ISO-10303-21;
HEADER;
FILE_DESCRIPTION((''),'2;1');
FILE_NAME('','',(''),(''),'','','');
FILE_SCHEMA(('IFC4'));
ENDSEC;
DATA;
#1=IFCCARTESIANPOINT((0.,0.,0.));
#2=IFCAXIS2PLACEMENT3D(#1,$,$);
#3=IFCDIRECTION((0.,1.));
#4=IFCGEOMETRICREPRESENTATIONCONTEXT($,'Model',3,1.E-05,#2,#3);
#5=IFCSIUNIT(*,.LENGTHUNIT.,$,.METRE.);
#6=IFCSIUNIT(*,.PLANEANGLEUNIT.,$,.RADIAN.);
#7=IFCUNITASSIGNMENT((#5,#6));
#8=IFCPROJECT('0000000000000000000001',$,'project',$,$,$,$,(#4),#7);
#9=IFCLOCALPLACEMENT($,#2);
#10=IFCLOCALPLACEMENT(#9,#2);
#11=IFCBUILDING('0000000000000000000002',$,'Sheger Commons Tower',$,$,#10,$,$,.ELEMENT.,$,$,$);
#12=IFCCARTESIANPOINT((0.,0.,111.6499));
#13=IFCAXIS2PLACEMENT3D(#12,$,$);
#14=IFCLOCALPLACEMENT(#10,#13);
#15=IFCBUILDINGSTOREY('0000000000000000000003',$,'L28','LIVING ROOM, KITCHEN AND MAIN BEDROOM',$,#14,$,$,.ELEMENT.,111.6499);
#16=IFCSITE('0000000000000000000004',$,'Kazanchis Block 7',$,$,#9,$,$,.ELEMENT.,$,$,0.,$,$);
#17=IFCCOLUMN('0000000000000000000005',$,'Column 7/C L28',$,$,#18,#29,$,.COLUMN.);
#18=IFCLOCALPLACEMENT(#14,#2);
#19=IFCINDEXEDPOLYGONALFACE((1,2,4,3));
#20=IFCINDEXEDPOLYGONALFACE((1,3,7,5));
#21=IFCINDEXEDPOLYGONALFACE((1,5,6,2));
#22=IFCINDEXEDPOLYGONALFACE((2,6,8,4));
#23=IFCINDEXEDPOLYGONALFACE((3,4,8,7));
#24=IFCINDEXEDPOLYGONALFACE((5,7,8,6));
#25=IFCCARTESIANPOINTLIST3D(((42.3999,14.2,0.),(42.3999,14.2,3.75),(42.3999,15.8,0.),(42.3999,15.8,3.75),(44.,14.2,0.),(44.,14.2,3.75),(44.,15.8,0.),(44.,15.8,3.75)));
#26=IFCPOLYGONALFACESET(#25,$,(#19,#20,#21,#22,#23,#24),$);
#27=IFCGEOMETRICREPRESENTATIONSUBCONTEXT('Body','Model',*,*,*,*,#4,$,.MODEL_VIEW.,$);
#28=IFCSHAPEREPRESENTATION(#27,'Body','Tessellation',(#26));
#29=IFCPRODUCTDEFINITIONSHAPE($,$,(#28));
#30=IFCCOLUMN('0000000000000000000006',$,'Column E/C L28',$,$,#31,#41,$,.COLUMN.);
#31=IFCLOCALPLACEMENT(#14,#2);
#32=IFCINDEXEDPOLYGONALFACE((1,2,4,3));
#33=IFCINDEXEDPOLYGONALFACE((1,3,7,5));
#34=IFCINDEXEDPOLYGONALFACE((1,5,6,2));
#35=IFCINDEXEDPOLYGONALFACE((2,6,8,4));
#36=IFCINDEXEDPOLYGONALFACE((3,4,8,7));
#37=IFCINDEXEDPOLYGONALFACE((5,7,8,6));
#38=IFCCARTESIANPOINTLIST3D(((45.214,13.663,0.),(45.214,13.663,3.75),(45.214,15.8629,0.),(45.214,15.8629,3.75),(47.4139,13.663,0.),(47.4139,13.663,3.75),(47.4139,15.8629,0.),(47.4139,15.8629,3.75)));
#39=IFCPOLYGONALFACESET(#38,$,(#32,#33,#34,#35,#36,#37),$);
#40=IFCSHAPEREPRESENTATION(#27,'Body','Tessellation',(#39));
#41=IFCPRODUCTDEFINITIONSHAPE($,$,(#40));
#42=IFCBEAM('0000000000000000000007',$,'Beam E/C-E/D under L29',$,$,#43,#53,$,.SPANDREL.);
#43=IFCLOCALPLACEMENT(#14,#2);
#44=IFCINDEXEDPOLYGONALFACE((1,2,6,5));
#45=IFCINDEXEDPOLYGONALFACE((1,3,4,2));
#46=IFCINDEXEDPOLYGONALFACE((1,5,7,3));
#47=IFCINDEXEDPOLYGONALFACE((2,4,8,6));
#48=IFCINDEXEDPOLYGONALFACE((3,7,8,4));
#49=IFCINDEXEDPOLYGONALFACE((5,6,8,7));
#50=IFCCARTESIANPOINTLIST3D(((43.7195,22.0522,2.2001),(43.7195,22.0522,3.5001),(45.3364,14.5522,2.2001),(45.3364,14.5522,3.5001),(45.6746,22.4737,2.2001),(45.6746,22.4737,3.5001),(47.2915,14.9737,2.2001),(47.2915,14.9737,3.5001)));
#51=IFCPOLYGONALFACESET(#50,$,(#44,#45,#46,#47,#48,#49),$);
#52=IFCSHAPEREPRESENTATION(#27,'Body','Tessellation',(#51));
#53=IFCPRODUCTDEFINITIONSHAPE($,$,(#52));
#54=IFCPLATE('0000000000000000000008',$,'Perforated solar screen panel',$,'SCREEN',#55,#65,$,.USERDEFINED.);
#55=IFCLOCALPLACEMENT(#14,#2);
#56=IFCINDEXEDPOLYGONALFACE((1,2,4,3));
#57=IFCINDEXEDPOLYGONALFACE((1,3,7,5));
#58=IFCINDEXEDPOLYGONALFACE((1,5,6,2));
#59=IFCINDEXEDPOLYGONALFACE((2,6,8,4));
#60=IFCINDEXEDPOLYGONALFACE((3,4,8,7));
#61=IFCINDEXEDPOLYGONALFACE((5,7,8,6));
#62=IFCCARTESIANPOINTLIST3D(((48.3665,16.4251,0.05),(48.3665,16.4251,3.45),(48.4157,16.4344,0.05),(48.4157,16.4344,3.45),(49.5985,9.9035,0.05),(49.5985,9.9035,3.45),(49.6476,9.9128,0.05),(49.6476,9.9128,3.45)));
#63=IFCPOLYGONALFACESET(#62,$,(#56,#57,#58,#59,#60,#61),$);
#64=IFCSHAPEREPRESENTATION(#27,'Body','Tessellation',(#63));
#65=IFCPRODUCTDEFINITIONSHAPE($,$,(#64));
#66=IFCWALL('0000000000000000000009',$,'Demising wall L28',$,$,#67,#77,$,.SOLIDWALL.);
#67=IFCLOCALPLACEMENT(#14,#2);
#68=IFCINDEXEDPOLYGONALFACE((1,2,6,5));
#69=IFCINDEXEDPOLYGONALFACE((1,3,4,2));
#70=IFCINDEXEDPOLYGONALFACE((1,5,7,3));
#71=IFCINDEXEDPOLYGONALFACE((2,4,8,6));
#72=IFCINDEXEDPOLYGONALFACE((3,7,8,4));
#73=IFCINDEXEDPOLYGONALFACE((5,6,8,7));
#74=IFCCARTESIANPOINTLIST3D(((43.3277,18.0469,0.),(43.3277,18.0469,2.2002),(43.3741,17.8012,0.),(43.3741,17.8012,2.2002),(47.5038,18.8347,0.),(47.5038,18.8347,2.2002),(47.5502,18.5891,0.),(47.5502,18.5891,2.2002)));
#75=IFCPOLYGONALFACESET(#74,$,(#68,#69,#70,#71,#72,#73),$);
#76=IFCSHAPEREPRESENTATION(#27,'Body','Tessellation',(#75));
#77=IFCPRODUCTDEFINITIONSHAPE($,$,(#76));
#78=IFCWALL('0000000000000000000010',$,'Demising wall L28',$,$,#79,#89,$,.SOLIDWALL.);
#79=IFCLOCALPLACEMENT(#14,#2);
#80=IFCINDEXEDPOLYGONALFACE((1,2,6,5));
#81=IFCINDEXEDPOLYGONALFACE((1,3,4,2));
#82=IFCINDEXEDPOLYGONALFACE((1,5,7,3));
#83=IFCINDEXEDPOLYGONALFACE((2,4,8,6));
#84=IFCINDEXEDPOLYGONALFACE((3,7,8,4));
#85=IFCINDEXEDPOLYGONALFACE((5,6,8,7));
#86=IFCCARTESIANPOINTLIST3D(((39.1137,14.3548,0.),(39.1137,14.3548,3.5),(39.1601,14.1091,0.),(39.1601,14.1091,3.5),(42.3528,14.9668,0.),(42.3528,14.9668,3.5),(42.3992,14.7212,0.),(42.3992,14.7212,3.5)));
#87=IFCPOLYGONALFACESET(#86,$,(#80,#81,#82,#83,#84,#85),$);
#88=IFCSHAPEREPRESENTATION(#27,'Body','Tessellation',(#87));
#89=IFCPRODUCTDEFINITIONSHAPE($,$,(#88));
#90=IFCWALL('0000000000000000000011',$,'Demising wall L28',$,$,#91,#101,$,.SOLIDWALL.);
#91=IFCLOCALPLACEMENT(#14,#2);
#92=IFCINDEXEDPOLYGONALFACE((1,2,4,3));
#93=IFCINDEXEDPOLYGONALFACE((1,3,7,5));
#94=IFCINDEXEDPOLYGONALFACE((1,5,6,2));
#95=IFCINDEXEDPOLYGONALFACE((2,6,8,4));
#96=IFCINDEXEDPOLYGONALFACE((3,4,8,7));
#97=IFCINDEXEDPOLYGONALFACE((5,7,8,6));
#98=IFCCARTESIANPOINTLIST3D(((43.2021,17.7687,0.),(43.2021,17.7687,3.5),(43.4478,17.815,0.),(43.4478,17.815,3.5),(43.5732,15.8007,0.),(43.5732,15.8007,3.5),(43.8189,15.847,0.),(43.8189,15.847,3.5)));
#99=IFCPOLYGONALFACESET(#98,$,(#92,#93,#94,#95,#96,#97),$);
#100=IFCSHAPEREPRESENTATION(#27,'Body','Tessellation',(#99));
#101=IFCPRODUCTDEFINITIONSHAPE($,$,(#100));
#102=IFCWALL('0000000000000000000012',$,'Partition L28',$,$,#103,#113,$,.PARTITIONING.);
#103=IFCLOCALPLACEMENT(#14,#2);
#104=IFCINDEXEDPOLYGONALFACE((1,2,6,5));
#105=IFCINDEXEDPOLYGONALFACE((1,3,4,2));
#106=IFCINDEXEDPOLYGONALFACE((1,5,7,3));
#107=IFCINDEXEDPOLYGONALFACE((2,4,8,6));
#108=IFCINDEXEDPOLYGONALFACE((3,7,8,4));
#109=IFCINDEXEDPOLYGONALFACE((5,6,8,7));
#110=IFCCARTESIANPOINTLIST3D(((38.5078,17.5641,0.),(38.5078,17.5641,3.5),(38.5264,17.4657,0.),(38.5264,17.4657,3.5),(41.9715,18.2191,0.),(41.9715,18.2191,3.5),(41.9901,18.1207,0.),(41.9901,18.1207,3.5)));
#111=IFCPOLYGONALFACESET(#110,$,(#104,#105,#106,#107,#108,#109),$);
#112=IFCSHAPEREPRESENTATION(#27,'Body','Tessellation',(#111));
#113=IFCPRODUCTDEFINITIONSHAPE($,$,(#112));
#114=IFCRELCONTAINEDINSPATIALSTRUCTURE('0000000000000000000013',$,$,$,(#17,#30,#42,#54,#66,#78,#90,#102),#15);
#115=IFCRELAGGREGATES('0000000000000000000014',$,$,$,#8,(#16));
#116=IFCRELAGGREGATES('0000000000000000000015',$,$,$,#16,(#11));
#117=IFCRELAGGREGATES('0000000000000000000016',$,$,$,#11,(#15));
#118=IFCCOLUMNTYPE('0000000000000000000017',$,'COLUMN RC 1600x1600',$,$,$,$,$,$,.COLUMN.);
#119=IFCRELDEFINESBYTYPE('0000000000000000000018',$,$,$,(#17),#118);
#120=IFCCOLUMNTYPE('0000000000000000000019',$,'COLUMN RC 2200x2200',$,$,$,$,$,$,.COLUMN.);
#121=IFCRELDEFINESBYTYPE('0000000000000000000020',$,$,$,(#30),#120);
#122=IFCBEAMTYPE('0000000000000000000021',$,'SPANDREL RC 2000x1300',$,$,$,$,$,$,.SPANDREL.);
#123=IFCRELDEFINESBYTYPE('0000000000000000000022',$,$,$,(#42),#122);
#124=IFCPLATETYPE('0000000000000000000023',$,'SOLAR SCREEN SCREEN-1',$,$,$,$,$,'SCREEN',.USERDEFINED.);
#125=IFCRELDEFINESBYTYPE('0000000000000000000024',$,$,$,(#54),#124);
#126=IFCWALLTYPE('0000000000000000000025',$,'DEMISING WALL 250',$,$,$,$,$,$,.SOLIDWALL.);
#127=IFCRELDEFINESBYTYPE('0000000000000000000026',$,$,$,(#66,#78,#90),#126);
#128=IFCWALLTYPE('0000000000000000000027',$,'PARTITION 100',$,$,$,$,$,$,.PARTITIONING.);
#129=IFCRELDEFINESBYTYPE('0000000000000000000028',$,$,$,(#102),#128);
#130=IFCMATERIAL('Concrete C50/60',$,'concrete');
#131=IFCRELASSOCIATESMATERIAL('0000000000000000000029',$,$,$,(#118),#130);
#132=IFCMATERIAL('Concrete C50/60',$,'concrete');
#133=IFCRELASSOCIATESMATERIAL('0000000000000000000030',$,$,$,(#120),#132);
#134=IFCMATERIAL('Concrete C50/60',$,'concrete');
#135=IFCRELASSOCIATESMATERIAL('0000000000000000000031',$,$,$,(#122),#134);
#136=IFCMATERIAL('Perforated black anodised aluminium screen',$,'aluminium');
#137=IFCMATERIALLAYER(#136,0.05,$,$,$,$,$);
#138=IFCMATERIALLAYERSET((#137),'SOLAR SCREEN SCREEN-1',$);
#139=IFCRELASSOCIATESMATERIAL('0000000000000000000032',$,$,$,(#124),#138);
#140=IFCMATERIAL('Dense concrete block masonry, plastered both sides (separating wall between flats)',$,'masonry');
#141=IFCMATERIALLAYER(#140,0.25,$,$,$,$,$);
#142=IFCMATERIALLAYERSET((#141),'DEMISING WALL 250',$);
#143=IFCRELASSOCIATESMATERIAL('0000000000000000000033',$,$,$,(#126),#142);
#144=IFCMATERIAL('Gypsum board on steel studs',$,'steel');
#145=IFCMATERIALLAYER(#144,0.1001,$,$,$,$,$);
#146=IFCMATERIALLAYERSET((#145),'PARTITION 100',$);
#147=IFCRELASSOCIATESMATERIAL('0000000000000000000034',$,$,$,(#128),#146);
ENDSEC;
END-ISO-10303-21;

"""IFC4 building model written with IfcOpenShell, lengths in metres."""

from ifc_helpers import new_model, si_unit, direction, frame, frame_2d, origin, origin_2d, place, context, subcontext, project, spatial, rectangle, extrude, material, layer, layer_set, material_profile, profile_set, type_object, element, save


model = new_model("IFC4")

# Units and contexts
model_context = context("Model", 3, precision=1e-05, world=origin(), true_north=direction((0.0, 1.0)))
body_context = subcontext(model_context, "Body", "Model", "MODEL_VIEW")
ifc_project = project(units=[si_unit("LENGTHUNIT", "METRE"), si_unit("PLANEANGLEUNIT", "RADIAN")], contexts=[model_context])

# Site, building, storey
site_placement = place(None, origin())
site = spatial("IfcSite", under=ifc_project, at=site_placement, Name="Kazanchis Block 7", CompositionType="ELEMENT", RefElevation=0.0)
building_placement = place(site_placement, origin())
building = spatial("IfcBuilding", under=site, at=building_placement, Name="Sheger Commons Tower", CompositionType="ELEMENT")
storey_placement = place(building_placement, frame((0.0, 0.0, 111.6499)))
storey = spatial("IfcBuildingStorey", under=building, at=storey_placement, Name="L28", Description="LIVING ROOM, KITCHEN AND MAIN BEDROOM", CompositionType="ELEMENT", Elevation=111.6499)

# Columns
ifc_material_1 = material(Name="Concrete C50/60", Category="concrete")
ifc_material_profile_1 = material_profile(ifc_material_1, rectangle(XDim=1.6001, YDim=1.6001, at=origin_2d()), Name="RC 1600x1600")
ifc_profile_set_1 = profile_set([ifc_material_profile_1], Name="Concrete C50/60")
column_type_1 = type_object("IfcColumnType", Name="COLUMN RC 1600x1600", PredefinedType="COLUMN", material=ifc_profile_set_1)
column_1_placement = place(storey_placement, frame((43.2, 15.0, 0.0), z_axis=(0.0, 0.0, 1.0), x_axis=(1.0, 0.0, 0.0)))
element("IfcColumn", 1, at=column_1_placement, inside=storey, type_object=column_type_1, Name="Column 7/C L28", PredefinedType="COLUMN", context=body_context, shape_type="SweptSolid", body=[
    extrude(rectangle(XDim=1.6001, YDim=1.6001, at=origin_2d()), origin(), (0.0, 0.0, 1.0), 3.75),
])
ifc_material_2 = material(Name="Concrete C50/60", Category="concrete")
ifc_material_profile_2 = material_profile(ifc_material_2, rectangle(XDim=2.2, YDim=2.2, at=origin_2d()), Name="RC 2200x2200")
ifc_profile_set_2 = profile_set([ifc_material_profile_2], Name="Concrete C50/60")
column_type_2 = type_object("IfcColumnType", Name="COLUMN RC 2200x2200", PredefinedType="COLUMN", material=ifc_profile_set_2)
column_2_placement = place(storey_placement, frame((46.314, 14.7629, 0.0), z_axis=(0.0, 0.0, 1.0), x_axis=(1.0, 0.0, 0.0)))
element("IfcColumn", 2, at=column_2_placement, inside=storey, type_object=column_type_2, Name="Column E/C L28", PredefinedType="COLUMN", context=body_context, shape_type="SweptSolid", body=[
    extrude(rectangle(XDim=2.2, YDim=2.2, at=origin_2d()), origin(), (0.0, 0.0, 1.0), 3.75),
])

# Beam
ifc_material_3 = material(Name="Concrete C50/60", Category="concrete")
ifc_material_profile_3 = material_profile(ifc_material_3, rectangle(XDim=2.0, YDim=1.3, at=origin_2d()), Name="RC 2000x1300")
ifc_profile_set_3 = profile_set([ifc_material_profile_3], Name="Concrete C50/60")
beam_type = type_object("IfcBeamType", Name="SPANDREL RC 2000x1300", PredefinedType="SPANDREL", material=ifc_profile_set_3)
beam_placement = place(storey_placement, frame((46.314, 14.7629, 2.8501), z_axis=(-0.21075, 0.97754, 0.0), x_axis=(-0.97754, -0.21075, 0.0)))
element("IfcBeam", 3, at=beam_placement, inside=storey, type_object=beam_type, Name="Beam E/C-E/D under L29", PredefinedType="SPANDREL", context=body_context, shape_type="SweptSolid", body=[
    extrude(rectangle(XDim=2.0, YDim=1.3, at=origin_2d()), origin(), (0.0, 0.0, 1.0), 7.6724),
])

# Plate
ifc_material_4 = material(Name="Perforated black anodised aluminium screen", Category="aluminium")
ifc_layer_1 = layer(ifc_material_4, 0.05)
ifc_layer_set_1 = layer_set([ifc_layer_1], Name="SOLAR SCREEN SCREEN-1")
plate_type = type_object("IfcPlateType", Name="SOLAR SCREEN SCREEN-1", ElementType="SCREEN", PredefinedType="USERDEFINED", material=ifc_layer_set_1)
plate_placement = place(storey_placement, frame((49.0071, 13.1689, 0.05), z_axis=(0.0, 0.0, 1.0), x_axis=(-0.185615, 0.982623, 0.0)))
element("IfcPlate", 4, at=plate_placement, inside=storey, type_object=plate_type, Name="Perforated solar screen panel", ObjectType="SCREEN", PredefinedType="USERDEFINED", context=body_context, shape_type="SweptSolid", body=[
    extrude(rectangle(XDim=6.637, YDim=0.05, at=origin_2d()), origin(), (0.0, 0.0, 1.0), 3.3999),
])

# Walls
ifc_material_5 = material(Name="Dense concrete block masonry, plastered both sides (separating wall between flats)", Category="masonry")
ifc_layer_2 = layer(ifc_material_5, 0.25)
ifc_layer_set_2 = layer_set([ifc_layer_2], Name="DEMISING WALL 250")
wall_type_1 = type_object("IfcWallType", Name="DEMISING WALL 250", PredefinedType="SOLIDWALL", material=ifc_layer_set_2)
wall_1_placement = place(storey_placement, frame((47.5271, 18.7119, 0.0), z_axis=(0.0, 0.0, 1.0), x_axis=(-0.982665, -0.185388, 0.0)))
element("IfcWall", 5, at=wall_1_placement, inside=storey, type_object=wall_type_1, Name="Demising wall L28", PredefinedType="SOLIDWALL", context=body_context, shape_type="SweptSolid", body=[
    extrude(rectangle(XDim=4.2498, YDim=0.25, at=frame_2d((2.125, 0.0))), origin(), (0.0, 0.0, 1.0), 2.2002),
])
wall_2_placement = place(storey_placement, frame((42.376, 14.844, 0.0), z_axis=(0.0, 0.0, 1.0), x_axis=(-0.98261, -0.185679, 0.0)))
element("IfcWall", 6, at=wall_2_placement, inside=storey, type_object=wall_type_1, Name="Demising wall L28", PredefinedType="SOLIDWALL", context=body_context, shape_type="SweptSolid", body=[
    extrude(rectangle(XDim=3.2964, YDim=0.25, at=frame_2d((1.6482, 0.0))), origin(), (0.0, 0.0, 1.0), 3.5),
])
wall_3_placement = place(storey_placement, frame((43.325, 17.792, 0.0), z_axis=(0.0, 0.0, 1.0), x_axis=(0.185297, -0.982683, 0.0)))
element("IfcWall", 7, at=wall_3_placement, inside=storey, type_object=wall_type_1, Name="Demising wall L28", PredefinedType="SOLIDWALL", context=body_context, shape_type="SweptSolid", body=[
    extrude(rectangle(XDim=2.0027, YDim=0.25, at=frame_2d((1.0015, 0.0))), origin(), (0.0, 0.0, 1.0), 3.5),
])
ifc_material_6 = material(Name="Gypsum board on steel studs", Category="steel")
ifc_layer_3 = layer(ifc_material_6, 0.1001)
ifc_layer_set_3 = layer_set([ifc_layer_3], Name="PARTITION 100")
wall_type_2 = type_object("IfcWallType", Name="PARTITION 100", PredefinedType="PARTITIONING", material=ifc_layer_set_3)
wall_4_placement = place(storey_placement, frame((41.981, 18.1699, 0.0), z_axis=(0.0, 0.0, 1.0), x_axis=(-0.982586, -0.18581, 0.0)))
element("IfcWall", 8, at=wall_4_placement, inside=storey, type_object=wall_type_2, Name="Partition L28", PredefinedType="PARTITIONING", context=body_context, shape_type="SweptSolid", body=[
    extrude(rectangle(XDim=3.5251, YDim=0.1001, at=frame_2d((1.7627, 0.0))), origin(), (0.0, 0.0, 1.0), 3.5),
])

save(model, "model.ifc")
